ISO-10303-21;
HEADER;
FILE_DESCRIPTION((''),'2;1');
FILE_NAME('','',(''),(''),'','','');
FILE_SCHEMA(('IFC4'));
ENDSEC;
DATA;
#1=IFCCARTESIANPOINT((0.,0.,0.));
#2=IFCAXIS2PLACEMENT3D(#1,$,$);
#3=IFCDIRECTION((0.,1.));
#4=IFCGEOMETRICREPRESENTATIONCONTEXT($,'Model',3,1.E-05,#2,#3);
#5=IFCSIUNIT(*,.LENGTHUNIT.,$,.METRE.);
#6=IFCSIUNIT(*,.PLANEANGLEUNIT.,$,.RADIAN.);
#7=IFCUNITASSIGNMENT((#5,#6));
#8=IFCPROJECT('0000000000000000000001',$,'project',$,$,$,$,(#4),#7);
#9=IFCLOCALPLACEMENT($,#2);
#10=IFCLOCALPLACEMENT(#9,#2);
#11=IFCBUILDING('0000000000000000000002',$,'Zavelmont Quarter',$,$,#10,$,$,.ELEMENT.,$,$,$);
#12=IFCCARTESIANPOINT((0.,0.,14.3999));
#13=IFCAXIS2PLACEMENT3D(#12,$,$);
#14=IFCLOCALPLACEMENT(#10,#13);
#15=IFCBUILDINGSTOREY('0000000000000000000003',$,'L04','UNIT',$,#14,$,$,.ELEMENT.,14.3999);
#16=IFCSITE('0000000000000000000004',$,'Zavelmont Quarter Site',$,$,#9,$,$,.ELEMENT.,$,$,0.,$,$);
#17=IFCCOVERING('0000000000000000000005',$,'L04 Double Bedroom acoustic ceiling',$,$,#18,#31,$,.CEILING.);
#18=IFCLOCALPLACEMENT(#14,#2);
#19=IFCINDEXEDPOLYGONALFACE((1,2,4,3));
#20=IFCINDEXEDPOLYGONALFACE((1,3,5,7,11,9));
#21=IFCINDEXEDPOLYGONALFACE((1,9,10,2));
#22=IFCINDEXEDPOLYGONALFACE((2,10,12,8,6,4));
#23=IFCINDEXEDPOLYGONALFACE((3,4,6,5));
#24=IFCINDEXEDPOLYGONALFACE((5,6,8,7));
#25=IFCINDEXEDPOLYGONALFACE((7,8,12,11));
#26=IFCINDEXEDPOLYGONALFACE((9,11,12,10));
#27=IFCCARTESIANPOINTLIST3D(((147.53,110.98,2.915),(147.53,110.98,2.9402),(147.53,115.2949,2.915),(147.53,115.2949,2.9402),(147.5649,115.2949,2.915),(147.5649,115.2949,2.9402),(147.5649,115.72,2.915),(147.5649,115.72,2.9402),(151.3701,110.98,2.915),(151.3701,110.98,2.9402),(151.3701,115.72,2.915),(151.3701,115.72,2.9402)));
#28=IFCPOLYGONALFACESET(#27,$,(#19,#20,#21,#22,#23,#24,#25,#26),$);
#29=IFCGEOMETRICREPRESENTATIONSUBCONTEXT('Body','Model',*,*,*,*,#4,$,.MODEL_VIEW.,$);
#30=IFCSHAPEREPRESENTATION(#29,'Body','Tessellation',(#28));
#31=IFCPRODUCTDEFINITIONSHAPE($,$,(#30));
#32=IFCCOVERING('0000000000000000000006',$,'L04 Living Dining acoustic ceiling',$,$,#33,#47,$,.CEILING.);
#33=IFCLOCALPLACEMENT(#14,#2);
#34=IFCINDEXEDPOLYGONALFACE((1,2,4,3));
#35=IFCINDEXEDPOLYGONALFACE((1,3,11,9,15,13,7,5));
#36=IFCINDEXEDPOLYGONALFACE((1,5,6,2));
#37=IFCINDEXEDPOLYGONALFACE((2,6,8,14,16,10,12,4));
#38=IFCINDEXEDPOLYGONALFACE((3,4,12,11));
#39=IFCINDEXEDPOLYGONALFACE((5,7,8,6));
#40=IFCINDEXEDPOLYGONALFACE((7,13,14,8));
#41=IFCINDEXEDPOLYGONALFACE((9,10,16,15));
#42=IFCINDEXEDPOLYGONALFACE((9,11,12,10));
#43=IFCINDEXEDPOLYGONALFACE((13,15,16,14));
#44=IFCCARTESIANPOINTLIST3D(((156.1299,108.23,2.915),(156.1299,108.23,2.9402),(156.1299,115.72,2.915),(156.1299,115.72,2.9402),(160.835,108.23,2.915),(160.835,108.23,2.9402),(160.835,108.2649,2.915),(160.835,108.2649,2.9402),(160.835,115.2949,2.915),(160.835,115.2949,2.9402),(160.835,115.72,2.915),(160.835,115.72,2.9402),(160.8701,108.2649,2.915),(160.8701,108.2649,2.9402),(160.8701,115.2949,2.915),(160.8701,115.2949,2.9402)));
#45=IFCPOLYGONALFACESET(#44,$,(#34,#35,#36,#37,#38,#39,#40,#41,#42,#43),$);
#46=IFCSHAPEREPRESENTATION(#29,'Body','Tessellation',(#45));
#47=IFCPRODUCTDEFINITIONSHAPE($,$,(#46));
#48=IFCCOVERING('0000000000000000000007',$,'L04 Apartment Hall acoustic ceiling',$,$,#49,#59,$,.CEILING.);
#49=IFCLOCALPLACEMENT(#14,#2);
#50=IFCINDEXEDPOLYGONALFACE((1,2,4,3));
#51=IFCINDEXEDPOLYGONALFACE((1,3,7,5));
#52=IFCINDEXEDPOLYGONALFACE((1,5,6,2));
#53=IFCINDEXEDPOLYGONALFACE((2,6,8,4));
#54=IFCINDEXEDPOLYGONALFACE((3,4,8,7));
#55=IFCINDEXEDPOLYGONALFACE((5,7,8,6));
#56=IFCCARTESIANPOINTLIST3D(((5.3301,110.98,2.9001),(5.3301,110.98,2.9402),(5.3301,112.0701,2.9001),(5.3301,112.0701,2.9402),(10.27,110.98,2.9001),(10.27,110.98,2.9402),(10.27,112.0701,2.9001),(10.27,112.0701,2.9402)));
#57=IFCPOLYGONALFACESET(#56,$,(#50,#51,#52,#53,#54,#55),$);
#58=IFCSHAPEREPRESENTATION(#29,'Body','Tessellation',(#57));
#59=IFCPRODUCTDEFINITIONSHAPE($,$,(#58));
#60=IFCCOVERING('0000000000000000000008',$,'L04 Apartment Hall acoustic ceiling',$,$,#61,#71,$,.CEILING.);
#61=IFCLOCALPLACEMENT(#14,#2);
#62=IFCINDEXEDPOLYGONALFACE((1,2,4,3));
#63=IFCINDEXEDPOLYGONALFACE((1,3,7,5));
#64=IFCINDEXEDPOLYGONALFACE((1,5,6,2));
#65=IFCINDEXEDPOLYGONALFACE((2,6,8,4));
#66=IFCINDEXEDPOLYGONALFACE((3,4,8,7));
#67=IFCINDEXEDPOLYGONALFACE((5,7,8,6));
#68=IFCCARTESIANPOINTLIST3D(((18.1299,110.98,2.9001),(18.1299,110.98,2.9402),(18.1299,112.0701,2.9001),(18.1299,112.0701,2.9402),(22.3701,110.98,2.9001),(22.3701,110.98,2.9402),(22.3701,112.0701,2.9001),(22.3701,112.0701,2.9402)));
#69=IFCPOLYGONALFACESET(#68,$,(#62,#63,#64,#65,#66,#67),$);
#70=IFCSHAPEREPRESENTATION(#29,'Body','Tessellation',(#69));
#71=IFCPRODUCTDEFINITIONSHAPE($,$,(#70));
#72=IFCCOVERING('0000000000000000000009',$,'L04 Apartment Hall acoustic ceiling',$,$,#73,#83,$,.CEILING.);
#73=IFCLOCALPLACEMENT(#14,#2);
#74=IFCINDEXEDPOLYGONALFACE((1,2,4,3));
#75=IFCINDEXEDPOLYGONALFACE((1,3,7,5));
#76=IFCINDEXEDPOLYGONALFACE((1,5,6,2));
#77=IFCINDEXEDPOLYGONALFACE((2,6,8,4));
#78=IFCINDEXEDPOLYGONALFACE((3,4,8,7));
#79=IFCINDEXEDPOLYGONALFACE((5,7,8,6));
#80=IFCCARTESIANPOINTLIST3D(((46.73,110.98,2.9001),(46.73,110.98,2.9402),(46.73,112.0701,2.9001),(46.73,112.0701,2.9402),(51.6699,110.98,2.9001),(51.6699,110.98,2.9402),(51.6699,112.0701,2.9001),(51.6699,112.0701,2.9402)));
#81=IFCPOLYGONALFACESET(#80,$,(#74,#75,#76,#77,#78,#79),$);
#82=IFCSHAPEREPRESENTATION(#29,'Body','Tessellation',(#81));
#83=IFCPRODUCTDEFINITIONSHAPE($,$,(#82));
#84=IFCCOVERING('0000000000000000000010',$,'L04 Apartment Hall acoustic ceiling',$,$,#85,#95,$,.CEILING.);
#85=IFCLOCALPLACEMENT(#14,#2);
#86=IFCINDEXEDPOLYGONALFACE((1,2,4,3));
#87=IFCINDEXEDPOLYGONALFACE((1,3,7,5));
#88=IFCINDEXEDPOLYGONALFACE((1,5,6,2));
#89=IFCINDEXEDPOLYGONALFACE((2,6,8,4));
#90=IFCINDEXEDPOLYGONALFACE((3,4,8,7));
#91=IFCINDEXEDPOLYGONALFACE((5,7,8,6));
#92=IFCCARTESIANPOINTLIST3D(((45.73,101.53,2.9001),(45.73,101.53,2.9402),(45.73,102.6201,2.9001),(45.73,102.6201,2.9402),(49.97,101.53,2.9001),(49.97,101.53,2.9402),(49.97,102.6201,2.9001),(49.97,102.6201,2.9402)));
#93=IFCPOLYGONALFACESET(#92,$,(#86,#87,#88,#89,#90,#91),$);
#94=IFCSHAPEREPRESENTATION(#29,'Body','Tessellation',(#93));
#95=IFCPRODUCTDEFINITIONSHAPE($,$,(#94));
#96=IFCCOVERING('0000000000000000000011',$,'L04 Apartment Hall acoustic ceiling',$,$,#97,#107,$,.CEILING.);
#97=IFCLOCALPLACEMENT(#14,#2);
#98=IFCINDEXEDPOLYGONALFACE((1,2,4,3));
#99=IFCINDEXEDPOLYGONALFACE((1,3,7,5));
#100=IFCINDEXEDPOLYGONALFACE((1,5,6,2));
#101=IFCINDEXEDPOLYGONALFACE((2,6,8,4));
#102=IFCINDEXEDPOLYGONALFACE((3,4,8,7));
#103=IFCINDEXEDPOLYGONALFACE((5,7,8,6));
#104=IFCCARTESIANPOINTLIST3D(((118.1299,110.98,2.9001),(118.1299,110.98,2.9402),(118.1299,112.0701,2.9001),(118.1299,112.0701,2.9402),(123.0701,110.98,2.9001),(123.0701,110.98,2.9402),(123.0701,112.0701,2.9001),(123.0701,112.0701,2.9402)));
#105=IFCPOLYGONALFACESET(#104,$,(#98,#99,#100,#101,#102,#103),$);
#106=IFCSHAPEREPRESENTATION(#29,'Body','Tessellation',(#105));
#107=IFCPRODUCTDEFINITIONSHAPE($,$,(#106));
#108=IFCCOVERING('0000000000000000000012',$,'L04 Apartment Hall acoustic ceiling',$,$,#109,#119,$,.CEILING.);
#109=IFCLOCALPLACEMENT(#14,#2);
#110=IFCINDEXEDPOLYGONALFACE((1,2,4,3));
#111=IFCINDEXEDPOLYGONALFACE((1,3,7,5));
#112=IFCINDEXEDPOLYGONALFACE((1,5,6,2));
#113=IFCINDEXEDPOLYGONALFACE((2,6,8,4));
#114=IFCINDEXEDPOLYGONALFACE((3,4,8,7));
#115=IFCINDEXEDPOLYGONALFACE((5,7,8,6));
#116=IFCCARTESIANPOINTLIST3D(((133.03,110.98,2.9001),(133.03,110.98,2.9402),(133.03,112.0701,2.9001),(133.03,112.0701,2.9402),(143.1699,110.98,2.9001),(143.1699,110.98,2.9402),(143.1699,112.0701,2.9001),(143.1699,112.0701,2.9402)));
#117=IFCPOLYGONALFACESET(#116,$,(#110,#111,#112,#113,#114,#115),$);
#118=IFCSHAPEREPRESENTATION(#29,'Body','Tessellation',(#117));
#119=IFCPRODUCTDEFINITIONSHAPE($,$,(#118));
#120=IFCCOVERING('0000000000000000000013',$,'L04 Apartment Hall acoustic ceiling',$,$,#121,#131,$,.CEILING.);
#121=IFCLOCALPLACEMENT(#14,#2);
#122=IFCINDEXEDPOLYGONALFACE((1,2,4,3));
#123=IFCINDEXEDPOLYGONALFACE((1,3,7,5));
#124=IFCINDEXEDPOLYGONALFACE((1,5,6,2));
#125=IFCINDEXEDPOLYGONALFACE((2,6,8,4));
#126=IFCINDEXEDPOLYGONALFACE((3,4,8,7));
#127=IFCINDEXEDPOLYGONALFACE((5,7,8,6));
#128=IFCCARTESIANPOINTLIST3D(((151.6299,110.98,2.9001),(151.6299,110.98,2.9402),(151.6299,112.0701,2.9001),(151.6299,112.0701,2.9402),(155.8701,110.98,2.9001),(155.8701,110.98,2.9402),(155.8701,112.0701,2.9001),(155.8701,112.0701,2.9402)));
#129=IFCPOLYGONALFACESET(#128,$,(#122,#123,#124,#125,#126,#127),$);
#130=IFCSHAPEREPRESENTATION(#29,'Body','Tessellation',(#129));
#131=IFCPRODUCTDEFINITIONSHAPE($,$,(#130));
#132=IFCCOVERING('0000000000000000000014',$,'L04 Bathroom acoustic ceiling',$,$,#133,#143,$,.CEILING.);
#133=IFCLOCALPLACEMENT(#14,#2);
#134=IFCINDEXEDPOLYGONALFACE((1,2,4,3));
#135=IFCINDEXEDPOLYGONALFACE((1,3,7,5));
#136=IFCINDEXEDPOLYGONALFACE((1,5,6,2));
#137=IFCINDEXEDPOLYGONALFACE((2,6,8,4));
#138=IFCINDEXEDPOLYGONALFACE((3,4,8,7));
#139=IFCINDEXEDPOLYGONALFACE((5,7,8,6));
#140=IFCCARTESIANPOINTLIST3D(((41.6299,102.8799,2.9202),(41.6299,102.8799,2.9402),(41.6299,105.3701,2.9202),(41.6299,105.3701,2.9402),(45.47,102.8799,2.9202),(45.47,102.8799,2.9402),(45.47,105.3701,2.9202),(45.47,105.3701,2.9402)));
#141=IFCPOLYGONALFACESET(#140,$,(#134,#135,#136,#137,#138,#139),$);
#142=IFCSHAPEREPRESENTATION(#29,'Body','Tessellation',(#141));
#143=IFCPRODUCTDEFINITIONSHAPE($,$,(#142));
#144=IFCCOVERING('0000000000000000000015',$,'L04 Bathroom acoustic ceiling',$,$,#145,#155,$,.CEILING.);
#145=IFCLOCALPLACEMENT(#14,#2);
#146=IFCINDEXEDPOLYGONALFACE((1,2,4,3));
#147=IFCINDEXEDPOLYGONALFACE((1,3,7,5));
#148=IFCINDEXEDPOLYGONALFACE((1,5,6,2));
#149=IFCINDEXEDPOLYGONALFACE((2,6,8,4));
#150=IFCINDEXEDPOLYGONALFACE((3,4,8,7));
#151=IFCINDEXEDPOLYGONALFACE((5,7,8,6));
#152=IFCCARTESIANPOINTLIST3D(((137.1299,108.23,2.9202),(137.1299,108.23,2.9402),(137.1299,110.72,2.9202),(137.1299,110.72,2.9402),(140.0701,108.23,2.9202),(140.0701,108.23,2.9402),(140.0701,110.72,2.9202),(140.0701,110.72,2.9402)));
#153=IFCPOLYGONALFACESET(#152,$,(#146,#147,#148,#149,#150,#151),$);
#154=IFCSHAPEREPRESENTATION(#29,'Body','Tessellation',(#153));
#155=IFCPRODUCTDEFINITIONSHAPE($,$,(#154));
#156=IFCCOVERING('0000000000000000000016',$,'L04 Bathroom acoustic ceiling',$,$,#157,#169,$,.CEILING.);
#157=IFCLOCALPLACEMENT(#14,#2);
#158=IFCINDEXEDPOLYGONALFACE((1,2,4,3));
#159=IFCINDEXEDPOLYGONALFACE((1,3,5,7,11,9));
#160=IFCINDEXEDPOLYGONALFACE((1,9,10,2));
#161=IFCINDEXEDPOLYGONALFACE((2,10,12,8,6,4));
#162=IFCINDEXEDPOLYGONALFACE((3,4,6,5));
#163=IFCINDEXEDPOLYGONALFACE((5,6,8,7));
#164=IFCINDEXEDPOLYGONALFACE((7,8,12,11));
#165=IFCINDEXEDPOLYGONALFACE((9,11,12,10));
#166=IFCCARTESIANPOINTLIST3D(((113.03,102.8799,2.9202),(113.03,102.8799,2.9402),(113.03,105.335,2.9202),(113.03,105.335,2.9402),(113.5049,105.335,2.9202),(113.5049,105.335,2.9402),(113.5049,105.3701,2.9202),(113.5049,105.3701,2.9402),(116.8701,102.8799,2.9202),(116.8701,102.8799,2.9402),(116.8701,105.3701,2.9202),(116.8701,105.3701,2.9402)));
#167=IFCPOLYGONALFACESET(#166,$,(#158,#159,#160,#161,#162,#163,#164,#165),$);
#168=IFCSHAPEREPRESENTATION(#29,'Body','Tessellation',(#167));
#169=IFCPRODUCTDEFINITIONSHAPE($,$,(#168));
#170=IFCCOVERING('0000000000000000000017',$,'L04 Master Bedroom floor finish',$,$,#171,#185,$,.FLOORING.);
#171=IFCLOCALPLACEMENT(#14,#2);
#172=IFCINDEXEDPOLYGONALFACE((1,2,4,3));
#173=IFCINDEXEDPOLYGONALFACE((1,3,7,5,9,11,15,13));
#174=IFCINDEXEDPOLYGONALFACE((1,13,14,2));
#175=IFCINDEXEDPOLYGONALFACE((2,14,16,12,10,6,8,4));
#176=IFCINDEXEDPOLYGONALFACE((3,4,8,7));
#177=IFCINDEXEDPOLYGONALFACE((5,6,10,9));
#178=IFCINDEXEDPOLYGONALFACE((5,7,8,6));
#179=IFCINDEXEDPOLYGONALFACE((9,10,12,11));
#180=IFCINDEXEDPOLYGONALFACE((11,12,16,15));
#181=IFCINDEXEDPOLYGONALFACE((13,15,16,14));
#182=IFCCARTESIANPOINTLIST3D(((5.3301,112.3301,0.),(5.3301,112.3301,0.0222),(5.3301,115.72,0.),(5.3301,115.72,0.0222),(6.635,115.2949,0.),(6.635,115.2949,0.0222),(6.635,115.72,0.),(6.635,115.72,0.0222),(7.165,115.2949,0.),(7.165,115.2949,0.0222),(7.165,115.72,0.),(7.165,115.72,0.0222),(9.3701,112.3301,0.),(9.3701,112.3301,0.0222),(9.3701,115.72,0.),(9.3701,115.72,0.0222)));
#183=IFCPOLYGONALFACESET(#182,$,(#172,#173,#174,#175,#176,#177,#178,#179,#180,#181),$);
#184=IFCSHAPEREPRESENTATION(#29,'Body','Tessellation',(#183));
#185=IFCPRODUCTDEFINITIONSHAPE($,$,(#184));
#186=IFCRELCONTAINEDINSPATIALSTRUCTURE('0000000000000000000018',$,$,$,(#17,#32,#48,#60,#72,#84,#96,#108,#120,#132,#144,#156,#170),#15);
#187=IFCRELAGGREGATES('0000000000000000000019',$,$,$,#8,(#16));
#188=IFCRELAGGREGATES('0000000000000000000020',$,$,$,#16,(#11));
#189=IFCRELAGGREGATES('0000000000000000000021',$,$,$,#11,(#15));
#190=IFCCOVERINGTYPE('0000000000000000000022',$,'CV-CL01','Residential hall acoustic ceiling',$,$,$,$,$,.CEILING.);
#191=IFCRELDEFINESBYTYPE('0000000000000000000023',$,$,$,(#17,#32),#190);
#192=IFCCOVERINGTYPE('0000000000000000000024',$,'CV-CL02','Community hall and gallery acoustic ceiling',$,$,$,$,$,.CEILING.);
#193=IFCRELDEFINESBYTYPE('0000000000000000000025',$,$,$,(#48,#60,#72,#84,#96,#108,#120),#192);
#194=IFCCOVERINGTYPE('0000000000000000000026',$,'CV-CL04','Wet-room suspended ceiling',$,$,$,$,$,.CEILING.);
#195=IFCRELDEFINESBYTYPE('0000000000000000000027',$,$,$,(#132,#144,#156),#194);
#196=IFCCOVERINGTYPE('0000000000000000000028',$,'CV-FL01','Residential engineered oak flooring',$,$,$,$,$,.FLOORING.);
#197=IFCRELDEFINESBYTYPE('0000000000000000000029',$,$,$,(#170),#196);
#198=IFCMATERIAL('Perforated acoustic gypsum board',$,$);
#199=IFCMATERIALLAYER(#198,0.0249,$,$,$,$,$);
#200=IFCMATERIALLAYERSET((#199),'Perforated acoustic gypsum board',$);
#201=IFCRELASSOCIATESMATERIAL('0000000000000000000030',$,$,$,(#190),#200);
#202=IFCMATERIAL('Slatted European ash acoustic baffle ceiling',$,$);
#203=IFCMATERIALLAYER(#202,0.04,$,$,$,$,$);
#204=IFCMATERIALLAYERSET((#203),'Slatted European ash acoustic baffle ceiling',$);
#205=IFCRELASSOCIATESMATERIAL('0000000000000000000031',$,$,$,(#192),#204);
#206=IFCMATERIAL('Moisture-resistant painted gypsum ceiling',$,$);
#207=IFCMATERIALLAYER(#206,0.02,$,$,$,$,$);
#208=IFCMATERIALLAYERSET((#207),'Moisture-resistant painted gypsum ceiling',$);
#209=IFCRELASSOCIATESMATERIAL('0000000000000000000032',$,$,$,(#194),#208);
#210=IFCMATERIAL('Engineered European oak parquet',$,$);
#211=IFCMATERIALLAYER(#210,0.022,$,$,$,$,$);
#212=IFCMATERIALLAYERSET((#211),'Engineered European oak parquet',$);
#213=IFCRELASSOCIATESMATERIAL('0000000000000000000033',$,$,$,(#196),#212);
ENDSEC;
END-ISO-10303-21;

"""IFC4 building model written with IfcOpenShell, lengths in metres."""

from ifc_helpers import new_model, si_unit, direction, frame, origin, place, context, subcontext, project, spatial, polyline, outline, extrude, material, layer, layer_set, type_object, element, save


model = new_model("IFC4")

# Units and contexts
model_context = context("Model", 3, precision=1e-05, world=origin(), true_north=direction((0.0, 1.0)))
body_context = subcontext(model_context, "Body", "Model", "MODEL_VIEW")
ifc_project = project(units=[si_unit("LENGTHUNIT", "METRE"), si_unit("PLANEANGLEUNIT", "RADIAN")], contexts=[model_context])

# Site, building, storey
site_placement = place(None, origin())
site = spatial("IfcSite", under=ifc_project, at=site_placement, Name="Zavelmont Quarter Site", CompositionType="ELEMENT", RefElevation=0.0)
building_placement = place(site_placement, origin())
building = spatial("IfcBuilding", under=site, at=building_placement, Name="Zavelmont Quarter", CompositionType="ELEMENT")
storey_placement = place(building_placement, frame((0.0, 0.0, 14.3999)))
storey = spatial("IfcBuildingStorey", under=building, at=storey_placement, Name="L04", Description="UNIT", CompositionType="ELEMENT", Elevation=14.3999)

# Coverings
ifc_material_1 = material(Name="Perforated acoustic gypsum board")
ifc_layer_1 = layer(ifc_material_1, 0.0249)
ifc_layer_set_1 = layer_set([ifc_layer_1], Name="Perforated acoustic gypsum board")
covering_type_1 = type_object("IfcCoveringType", Name="CV-CL01", Description="Residential hall acoustic ceiling", PredefinedType="CEILING", material=ifc_layer_set_1)
covering_1_placement = place(storey_placement, frame((0.0, 0.0, 2.915)))
element("IfcCovering", 1, at=covering_1_placement, inside=storey, type_object=covering_type_1, Name="L04 Double Bedroom acoustic ceiling", PredefinedType="CEILING", context=body_context, shape_type="SweptSolid", body=[
    extrude(outline(polyline([(147.53, 115.2949), (147.5649, 115.2949), (147.5649, 115.72), (151.3701, 115.72), (151.3701, 110.98), (147.53, 110.98), (147.53, 115.2949)])), origin(), (0.0, 0.0, 1.0), 0.0251),
])
covering_2_placement = place(storey_placement, frame((0.0, 0.0, 2.915)))
element("IfcCovering", 2, at=covering_2_placement, inside=storey, type_object=covering_type_1, Name="L04 Living Dining acoustic ceiling", PredefinedType="CEILING", context=body_context, shape_type="SweptSolid", body=[
    extrude(outline(polyline([(156.1299, 115.72), (160.835, 115.72), (160.835, 115.2949), (160.8701, 115.2949), (160.8701, 108.2649), (160.835, 108.2649), (160.835, 108.23), (156.1299, 108.23), (156.1299, 115.72)])), origin(), (0.0, 0.0, 1.0), 0.0251),
])
ifc_material_2 = material(Name="Slatted European ash acoustic baffle ceiling")
ifc_layer_2 = layer(ifc_material_2, 0.04)
ifc_layer_set_2 = layer_set([ifc_layer_2], Name="Slatted European ash acoustic baffle ceiling")
covering_type_2 = type_object("IfcCoveringType", Name="CV-CL02", Description="Community hall and gallery acoustic ceiling", PredefinedType="CEILING", material=ifc_layer_set_2)
covering_3_placement = place(storey_placement, frame((0.0, 0.0, 2.9001)))
element("IfcCovering", 3, at=covering_3_placement, inside=storey, type_object=covering_type_2, Name="L04 Apartment Hall acoustic ceiling", PredefinedType="CEILING", context=body_context, shape_type="SweptSolid", body=[
    extrude(outline(polyline([(5.3301, 112.0701), (10.27, 112.0701), (10.27, 110.98), (5.3301, 110.98), (5.3301, 112.0701)])), origin(), (0.0, 0.0, 1.0), 0.04),
])
covering_4_placement = place(storey_placement, frame((0.0, 0.0, 2.9001)))
element("IfcCovering", 4, at=covering_4_placement, inside=storey, type_object=covering_type_2, Name="L04 Apartment Hall acoustic ceiling", PredefinedType="CEILING", context=body_context, shape_type="SweptSolid", body=[
    extrude(outline(polyline([(18.1299, 112.0701), (22.3701, 112.0701), (22.3701, 110.98), (18.1299, 110.98), (18.1299, 112.0701)])), origin(), (0.0, 0.0, 1.0), 0.04),
])
covering_5_placement = place(storey_placement, frame((0.0, 0.0, 2.9001)))
element("IfcCovering", 5, at=covering_5_placement, inside=storey, type_object=covering_type_2, Name="L04 Apartment Hall acoustic ceiling", PredefinedType="CEILING", context=body_context, shape_type="SweptSolid", body=[
    extrude(outline(polyline([(46.73, 112.0701), (51.6699, 112.0701), (51.6699, 110.98), (46.73, 110.98), (46.73, 112.0701)])), origin(), (0.0, 0.0, 1.0), 0.04),
])
covering_6_placement = place(storey_placement, frame((0.0, 0.0, 2.9001)))
element("IfcCovering", 6, at=covering_6_placement, inside=storey, type_object=covering_type_2, Name="L04 Apartment Hall acoustic ceiling", PredefinedType="CEILING", context=body_context, shape_type="SweptSolid", body=[
    extrude(outline(polyline([(45.73, 102.6201), (49.97, 102.6201), (49.97, 101.53), (45.73, 101.53), (45.73, 102.6201)])), origin(), (0.0, 0.0, 1.0), 0.04),
])
covering_7_placement = place(storey_placement, frame((0.0, 0.0, 2.9001)))
element("IfcCovering", 7, at=covering_7_placement, inside=storey, type_object=covering_type_2, Name="L04 Apartment Hall acoustic ceiling", PredefinedType="CEILING", context=body_context, shape_type="SweptSolid", body=[
    extrude(outline(polyline([(118.1299, 112.0701), (123.0701, 112.0701), (123.0701, 110.98), (118.1299, 110.98), (118.1299, 112.0701)])), origin(), (0.0, 0.0, 1.0), 0.04),
])
covering_8_placement = place(storey_placement, frame((0.0, 0.0, 2.9001)))
element("IfcCovering", 8, at=covering_8_placement, inside=storey, type_object=covering_type_2, Name="L04 Apartment Hall acoustic ceiling", PredefinedType="CEILING", context=body_context, shape_type="SweptSolid", body=[
    extrude(outline(polyline([(133.03, 112.0701), (143.1699, 112.0701), (143.1699, 110.98), (133.03, 110.98), (133.03, 112.0701)])), origin(), (0.0, 0.0, 1.0), 0.04),
])
covering_9_placement = place(storey_placement, frame((0.0, 0.0, 2.9001)))
element("IfcCovering", 9, at=covering_9_placement, inside=storey, type_object=covering_type_2, Name="L04 Apartment Hall acoustic ceiling", PredefinedType="CEILING", context=body_context, shape_type="SweptSolid", body=[
    extrude(outline(polyline([(151.6299, 112.0701), (155.8701, 112.0701), (155.8701, 110.98), (151.6299, 110.98), (151.6299, 112.0701)])), origin(), (0.0, 0.0, 1.0), 0.04),
])
ifc_material_3 = material(Name="Moisture-resistant painted gypsum ceiling")
ifc_layer_3 = layer(ifc_material_3, 0.02)
ifc_layer_set_3 = layer_set([ifc_layer_3], Name="Moisture-resistant painted gypsum ceiling")
covering_type_3 = type_object("IfcCoveringType", Name="CV-CL04", Description="Wet-room suspended ceiling", PredefinedType="CEILING", material=ifc_layer_set_3)
covering_10_placement = place(storey_placement, frame((0.0, 0.0, 2.9202)))
element("IfcCovering", 10, at=covering_10_placement, inside=storey, type_object=covering_type_3, Name="L04 Bathroom acoustic ceiling", PredefinedType="CEILING", context=body_context, shape_type="SweptSolid", body=[
    extrude(outline(polyline([(41.6299, 105.3701), (45.47, 105.3701), (45.47, 102.8799), (41.6299, 102.8799), (41.6299, 105.3701)])), origin(), (0.0, 0.0, 1.0), 0.02),
])
covering_11_placement = place(storey_placement, frame((0.0, 0.0, 2.9202)))
element("IfcCovering", 11, at=covering_11_placement, inside=storey, type_object=covering_type_3, Name="L04 Bathroom acoustic ceiling", PredefinedType="CEILING", context=body_context, shape_type="SweptSolid", body=[
    extrude(outline(polyline([(137.1299, 110.72), (140.0701, 110.72), (140.0701, 108.23), (137.1299, 108.23), (137.1299, 110.72)])), origin(), (0.0, 0.0, 1.0), 0.02),
])
covering_12_placement = place(storey_placement, frame((0.0, 0.0, 2.9202)))
element("IfcCovering", 12, at=covering_12_placement, inside=storey, type_object=covering_type_3, Name="L04 Bathroom acoustic ceiling", PredefinedType="CEILING", context=body_context, shape_type="SweptSolid", body=[
    extrude(outline(polyline([(113.03, 105.335), (113.5049, 105.335), (113.5049, 105.3701), (116.8701, 105.3701), (116.8701, 102.8799), (113.03, 102.8799), (113.03, 105.335)])), origin(), (0.0, 0.0, 1.0), 0.02),
])
ifc_material_4 = material(Name="Engineered European oak parquet")
ifc_layer_4 = layer(ifc_material_4, 0.022)
ifc_layer_set_4 = layer_set([ifc_layer_4], Name="Engineered European oak parquet")
covering_type_4 = type_object("IfcCoveringType", Name="CV-FL01", Description="Residential engineered oak flooring", PredefinedType="FLOORING", material=ifc_layer_set_4)
covering_13_placement = place(storey_placement, origin())
element("IfcCovering", 13, at=covering_13_placement, inside=storey, type_object=covering_type_4, Name="L04 Master Bedroom floor finish", PredefinedType="FLOORING", context=body_context, shape_type="SweptSolid", body=[
    extrude(outline(polyline([(5.3301, 115.72), (6.635, 115.72), (6.635, 115.2949), (7.165, 115.2949), (7.165, 115.72), (9.3701, 115.72), (9.3701, 112.3301), (5.3301, 112.3301), (5.3301, 115.72)])), origin(), (0.0, 0.0, 1.0), 0.0222),
])

save(model, "model.ifc")
